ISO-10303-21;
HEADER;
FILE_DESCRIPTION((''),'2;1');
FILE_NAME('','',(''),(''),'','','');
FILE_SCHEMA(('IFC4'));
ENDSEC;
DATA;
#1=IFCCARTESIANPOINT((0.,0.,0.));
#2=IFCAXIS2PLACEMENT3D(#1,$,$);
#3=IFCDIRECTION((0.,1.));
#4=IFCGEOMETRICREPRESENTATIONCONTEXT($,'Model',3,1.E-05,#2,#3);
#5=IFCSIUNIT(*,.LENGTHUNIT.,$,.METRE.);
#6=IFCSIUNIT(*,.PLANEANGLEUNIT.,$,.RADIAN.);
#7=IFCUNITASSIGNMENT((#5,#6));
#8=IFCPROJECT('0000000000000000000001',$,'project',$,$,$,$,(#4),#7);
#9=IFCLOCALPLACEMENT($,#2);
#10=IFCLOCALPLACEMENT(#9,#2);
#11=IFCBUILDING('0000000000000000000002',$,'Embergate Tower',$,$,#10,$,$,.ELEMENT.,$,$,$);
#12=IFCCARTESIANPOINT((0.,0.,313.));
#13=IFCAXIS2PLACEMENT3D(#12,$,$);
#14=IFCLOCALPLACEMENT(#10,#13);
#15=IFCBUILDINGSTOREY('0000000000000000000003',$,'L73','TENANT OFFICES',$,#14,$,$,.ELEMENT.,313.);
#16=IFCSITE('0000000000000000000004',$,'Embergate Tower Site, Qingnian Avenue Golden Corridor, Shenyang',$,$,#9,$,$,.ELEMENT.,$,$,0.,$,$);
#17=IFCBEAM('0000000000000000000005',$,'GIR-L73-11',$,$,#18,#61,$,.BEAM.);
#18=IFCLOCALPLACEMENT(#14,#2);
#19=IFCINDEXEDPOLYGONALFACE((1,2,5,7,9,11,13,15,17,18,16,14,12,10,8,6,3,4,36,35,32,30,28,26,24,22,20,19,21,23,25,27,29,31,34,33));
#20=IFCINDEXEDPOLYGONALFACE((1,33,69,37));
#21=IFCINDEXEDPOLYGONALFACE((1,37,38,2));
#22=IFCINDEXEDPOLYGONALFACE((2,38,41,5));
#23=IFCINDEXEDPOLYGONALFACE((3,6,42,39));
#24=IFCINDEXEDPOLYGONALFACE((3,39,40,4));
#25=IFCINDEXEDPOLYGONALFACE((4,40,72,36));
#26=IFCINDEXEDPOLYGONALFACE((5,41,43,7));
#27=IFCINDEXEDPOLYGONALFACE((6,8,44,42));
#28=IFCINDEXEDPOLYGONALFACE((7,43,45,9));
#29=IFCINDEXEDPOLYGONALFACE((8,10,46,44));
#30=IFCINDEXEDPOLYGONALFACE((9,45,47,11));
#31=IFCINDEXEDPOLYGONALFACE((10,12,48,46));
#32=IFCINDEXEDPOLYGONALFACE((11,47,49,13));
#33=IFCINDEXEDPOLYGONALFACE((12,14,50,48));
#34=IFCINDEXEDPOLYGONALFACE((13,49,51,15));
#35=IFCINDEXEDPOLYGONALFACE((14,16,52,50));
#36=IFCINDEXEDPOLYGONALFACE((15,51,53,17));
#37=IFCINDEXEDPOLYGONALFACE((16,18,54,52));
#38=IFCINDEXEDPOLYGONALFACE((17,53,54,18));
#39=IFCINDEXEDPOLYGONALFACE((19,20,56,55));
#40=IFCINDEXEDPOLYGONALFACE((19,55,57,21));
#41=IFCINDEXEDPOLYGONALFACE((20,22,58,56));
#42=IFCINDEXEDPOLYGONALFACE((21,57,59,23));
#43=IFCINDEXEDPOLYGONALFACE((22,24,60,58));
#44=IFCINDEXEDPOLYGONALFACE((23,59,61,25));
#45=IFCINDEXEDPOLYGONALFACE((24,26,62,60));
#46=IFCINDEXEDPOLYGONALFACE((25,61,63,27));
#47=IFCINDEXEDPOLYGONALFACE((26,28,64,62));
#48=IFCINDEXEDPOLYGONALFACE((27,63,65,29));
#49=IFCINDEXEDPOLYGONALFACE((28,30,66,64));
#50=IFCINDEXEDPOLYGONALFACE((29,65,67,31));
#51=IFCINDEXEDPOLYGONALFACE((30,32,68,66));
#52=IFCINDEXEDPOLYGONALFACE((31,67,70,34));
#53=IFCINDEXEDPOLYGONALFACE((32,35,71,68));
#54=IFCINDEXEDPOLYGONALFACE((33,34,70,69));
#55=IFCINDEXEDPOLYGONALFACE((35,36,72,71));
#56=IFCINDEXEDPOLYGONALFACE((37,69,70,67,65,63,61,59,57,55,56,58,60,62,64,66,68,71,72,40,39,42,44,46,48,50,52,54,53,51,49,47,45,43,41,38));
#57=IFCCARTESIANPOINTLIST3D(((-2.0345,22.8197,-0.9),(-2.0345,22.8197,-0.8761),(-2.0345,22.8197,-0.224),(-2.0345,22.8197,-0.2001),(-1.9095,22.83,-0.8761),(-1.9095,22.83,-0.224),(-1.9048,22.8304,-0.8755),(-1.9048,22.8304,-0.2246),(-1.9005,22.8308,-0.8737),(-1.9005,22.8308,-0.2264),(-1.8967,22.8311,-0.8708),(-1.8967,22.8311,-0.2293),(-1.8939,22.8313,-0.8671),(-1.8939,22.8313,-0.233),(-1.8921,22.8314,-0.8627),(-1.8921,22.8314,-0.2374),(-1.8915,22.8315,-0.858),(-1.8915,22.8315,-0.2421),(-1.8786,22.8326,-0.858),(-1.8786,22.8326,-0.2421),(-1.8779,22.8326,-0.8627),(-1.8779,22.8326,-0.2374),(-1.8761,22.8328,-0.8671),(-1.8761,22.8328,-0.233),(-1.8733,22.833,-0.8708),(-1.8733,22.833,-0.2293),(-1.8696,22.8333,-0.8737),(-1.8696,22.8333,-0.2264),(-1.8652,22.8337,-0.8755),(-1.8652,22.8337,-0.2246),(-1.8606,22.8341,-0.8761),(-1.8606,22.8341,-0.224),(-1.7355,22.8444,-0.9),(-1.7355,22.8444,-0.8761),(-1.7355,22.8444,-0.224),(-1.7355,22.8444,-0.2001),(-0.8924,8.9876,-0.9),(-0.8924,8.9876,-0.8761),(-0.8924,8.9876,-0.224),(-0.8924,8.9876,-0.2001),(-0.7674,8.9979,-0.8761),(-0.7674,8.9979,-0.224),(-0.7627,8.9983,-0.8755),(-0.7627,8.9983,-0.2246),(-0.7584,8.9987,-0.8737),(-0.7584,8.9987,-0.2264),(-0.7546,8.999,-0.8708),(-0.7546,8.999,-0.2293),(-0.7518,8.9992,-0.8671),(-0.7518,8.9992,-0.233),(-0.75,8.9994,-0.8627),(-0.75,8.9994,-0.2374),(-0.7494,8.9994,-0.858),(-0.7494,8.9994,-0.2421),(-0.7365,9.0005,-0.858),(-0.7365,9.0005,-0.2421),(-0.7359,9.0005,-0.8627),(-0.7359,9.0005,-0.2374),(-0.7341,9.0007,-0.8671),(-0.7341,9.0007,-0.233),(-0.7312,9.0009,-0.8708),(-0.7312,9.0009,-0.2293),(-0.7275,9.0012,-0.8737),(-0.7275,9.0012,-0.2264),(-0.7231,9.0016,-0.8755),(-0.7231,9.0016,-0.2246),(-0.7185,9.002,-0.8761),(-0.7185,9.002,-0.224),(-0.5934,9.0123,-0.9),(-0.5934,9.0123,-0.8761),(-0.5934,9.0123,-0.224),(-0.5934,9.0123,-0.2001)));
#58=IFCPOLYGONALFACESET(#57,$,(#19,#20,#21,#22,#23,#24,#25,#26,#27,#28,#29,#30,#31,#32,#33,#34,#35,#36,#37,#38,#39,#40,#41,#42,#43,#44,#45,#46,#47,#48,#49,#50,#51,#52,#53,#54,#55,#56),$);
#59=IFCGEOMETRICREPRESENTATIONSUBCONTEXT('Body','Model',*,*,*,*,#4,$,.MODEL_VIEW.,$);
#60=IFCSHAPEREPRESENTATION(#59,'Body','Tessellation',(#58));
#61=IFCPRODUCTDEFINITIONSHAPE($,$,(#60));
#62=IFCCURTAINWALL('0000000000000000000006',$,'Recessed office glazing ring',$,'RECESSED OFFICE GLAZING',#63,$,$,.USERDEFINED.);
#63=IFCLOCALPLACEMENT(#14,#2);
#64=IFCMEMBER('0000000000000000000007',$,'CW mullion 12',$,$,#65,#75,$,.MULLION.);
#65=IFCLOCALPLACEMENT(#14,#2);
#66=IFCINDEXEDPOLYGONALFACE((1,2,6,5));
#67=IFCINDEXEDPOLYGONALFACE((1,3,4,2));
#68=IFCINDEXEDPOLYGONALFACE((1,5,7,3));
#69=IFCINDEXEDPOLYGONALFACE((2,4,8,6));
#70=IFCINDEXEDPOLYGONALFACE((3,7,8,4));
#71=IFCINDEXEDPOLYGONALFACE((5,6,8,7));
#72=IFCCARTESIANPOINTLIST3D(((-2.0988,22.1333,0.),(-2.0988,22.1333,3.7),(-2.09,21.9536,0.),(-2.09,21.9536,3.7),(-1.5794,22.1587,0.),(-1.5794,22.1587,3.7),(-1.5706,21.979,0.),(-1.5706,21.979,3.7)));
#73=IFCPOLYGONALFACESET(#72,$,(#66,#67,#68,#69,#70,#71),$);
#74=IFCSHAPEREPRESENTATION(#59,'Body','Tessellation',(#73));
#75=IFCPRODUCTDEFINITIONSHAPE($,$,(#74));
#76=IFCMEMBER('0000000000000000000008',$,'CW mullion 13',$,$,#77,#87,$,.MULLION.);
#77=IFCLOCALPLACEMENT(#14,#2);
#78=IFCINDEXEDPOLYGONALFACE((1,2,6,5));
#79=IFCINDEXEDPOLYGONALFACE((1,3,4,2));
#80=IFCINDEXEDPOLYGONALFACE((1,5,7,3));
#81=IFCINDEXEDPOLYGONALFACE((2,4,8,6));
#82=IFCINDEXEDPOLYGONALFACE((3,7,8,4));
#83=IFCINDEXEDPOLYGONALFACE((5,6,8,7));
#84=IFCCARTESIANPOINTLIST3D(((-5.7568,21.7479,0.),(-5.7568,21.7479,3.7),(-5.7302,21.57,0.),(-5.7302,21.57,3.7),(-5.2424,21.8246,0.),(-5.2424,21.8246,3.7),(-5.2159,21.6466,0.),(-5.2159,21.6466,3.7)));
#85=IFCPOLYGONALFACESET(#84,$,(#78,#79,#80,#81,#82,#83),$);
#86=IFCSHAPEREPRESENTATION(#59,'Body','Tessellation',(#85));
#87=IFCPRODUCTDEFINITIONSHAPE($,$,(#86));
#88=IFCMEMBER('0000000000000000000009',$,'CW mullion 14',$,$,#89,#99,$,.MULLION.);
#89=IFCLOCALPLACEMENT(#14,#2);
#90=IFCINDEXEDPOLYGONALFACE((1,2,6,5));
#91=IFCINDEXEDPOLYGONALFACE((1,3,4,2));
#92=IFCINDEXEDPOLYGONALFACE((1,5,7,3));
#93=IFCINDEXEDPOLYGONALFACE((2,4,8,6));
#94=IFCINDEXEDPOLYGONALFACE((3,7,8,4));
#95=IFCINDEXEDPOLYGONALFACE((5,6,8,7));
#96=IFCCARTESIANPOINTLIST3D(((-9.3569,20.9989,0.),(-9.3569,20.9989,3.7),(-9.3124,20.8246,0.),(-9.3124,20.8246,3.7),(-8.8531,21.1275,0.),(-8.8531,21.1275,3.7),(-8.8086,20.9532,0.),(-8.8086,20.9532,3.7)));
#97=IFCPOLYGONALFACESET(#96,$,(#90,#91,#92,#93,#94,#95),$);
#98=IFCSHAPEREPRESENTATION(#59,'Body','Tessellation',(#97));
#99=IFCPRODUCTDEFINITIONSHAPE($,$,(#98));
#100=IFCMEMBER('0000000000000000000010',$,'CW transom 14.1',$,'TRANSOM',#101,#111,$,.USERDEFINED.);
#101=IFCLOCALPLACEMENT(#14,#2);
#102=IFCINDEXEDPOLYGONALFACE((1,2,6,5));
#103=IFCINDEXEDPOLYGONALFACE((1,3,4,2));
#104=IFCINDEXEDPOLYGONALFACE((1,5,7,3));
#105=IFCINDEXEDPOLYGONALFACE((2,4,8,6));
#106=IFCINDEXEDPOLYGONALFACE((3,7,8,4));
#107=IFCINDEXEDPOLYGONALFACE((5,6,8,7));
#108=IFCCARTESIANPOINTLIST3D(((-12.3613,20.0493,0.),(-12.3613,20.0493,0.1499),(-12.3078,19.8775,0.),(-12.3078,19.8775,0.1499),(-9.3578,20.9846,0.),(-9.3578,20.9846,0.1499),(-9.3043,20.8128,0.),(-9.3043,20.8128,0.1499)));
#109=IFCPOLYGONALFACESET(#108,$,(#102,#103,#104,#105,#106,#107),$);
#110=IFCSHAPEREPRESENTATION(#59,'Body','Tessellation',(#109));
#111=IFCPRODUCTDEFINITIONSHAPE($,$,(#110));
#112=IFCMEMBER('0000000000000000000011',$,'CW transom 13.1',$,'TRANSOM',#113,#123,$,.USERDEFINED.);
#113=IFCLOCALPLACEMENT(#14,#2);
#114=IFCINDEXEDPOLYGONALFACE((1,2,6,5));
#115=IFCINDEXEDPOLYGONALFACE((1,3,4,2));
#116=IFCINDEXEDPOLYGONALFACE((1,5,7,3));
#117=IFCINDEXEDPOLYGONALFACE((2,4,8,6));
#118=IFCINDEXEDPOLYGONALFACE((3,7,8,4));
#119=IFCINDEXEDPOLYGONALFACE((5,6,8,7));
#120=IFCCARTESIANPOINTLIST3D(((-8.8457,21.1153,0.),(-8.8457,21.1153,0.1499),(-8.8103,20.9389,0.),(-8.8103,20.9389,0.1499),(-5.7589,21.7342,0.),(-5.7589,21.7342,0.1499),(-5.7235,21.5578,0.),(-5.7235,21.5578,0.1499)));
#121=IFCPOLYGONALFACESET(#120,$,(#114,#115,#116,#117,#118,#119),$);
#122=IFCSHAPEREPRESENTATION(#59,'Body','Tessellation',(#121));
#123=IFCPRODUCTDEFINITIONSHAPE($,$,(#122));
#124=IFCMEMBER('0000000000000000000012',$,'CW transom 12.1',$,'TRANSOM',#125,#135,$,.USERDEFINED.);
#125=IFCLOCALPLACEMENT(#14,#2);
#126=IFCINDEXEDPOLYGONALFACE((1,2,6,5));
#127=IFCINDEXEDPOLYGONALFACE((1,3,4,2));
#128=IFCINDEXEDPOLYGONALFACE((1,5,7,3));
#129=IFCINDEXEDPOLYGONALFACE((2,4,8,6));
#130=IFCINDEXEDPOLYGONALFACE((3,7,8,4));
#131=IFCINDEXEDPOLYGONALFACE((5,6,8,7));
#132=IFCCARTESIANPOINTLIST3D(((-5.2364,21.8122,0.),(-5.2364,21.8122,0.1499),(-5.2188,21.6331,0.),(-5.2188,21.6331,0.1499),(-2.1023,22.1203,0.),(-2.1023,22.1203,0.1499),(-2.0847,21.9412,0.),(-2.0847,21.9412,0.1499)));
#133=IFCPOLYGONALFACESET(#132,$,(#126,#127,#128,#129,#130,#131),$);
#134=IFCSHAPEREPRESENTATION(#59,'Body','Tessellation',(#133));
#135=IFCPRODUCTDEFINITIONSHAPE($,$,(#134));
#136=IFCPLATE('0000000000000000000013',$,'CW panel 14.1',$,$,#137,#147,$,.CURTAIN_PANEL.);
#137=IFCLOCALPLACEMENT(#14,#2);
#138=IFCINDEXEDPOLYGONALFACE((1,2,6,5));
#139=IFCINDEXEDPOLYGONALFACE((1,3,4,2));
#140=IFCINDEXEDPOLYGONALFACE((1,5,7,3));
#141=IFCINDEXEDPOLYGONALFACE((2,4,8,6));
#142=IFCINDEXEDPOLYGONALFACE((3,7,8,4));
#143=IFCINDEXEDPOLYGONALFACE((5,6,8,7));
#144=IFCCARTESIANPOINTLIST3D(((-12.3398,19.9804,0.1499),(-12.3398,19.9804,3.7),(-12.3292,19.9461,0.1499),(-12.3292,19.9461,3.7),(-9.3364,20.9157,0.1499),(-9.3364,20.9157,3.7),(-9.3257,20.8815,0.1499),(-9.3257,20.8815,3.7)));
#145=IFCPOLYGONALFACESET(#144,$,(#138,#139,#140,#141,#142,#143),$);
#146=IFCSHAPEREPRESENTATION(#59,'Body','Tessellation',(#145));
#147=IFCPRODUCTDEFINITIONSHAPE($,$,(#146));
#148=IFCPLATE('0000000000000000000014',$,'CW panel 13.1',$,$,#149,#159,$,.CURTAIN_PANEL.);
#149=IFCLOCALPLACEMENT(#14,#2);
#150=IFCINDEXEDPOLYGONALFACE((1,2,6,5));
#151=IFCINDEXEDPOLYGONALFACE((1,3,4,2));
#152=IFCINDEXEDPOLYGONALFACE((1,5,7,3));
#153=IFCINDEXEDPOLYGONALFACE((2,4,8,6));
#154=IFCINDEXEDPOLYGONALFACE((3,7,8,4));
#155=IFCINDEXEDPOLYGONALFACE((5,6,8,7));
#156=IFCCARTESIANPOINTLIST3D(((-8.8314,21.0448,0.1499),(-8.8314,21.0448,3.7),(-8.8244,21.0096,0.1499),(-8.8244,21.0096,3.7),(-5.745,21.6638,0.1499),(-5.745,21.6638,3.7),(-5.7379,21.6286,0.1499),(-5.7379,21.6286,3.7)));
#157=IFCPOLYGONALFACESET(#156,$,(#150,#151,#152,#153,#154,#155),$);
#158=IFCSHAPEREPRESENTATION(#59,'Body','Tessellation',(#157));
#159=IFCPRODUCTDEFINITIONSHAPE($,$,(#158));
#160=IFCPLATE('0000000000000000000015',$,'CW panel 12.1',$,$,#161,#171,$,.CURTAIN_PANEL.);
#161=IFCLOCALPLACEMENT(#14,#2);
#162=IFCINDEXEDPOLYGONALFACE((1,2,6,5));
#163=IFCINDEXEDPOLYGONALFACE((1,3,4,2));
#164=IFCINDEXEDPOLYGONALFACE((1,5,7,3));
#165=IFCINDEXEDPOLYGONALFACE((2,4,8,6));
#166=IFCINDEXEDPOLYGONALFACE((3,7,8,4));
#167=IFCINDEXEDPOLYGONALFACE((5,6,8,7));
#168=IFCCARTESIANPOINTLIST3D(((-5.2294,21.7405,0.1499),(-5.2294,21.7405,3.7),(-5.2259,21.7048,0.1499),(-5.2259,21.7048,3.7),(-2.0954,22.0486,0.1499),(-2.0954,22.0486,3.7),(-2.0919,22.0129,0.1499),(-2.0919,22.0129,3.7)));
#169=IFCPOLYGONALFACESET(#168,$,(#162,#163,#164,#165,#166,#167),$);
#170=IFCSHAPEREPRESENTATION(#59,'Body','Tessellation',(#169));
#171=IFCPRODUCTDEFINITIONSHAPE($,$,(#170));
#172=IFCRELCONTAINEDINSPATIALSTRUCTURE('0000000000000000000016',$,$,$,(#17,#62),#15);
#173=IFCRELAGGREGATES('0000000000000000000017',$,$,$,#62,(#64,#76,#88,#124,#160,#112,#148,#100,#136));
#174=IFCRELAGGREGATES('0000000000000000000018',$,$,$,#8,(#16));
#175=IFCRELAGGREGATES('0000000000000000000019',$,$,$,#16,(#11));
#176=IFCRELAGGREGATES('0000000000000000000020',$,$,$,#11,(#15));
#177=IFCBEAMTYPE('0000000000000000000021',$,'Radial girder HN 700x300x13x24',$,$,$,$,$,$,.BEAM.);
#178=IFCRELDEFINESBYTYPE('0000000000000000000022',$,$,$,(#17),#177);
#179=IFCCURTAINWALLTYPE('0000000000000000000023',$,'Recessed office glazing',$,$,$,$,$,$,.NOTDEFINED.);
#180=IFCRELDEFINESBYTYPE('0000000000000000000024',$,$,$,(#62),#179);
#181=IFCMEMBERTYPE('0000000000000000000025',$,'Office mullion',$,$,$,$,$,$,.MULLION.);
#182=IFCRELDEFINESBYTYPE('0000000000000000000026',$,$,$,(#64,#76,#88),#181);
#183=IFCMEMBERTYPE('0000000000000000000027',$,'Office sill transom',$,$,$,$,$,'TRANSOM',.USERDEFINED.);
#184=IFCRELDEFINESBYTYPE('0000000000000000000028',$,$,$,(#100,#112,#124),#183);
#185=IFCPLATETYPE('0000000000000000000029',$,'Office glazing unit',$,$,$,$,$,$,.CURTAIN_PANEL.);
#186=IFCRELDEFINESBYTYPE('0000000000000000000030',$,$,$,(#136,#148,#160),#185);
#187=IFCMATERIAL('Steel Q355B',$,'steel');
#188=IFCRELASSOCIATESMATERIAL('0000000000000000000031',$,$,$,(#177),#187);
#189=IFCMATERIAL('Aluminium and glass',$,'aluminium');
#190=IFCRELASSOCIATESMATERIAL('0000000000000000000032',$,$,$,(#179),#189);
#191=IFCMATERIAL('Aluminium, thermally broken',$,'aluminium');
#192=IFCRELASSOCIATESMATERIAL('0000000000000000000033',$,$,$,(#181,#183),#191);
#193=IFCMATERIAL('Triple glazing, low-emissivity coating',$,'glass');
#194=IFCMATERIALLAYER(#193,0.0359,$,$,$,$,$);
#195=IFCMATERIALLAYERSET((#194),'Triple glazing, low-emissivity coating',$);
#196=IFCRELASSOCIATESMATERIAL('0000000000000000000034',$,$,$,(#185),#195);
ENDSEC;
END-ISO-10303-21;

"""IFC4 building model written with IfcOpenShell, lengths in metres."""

from ifc_helpers import new_model, si_unit, direction, frame, origin, origin_2d, place, context, subcontext, project, spatial, rectangle, i_section, extrude, source, transform, mapped, material, layer, layer_set, material_profile, profile_set, type_object, element, aggregate, save


model = new_model("IFC4")

# Units and contexts
model_context = context("Model", 3, precision=1e-05, world=origin(), true_north=direction((0.0, 1.0)))
body_context = subcontext(model_context, "Body", "Model", "MODEL_VIEW")
ifc_project = project(units=[si_unit("LENGTHUNIT", "METRE"), si_unit("PLANEANGLEUNIT", "RADIAN")], contexts=[model_context])

# Site, building, storey
site_placement = place(None, origin())
site = spatial("IfcSite", under=ifc_project, at=site_placement, Name="Embergate Tower Site, Qingnian Avenue Golden Corridor, Shenyang", CompositionType="ELEMENT", RefElevation=0.0)
building_placement = place(site_placement, origin())
building = spatial("IfcBuilding", under=site, at=building_placement, Name="Embergate Tower", CompositionType="ELEMENT")
storey_placement = place(building_placement, frame((0.0, 0.0, 313.0)))
storey = spatial("IfcBuildingStorey", under=building, at=storey_placement, Name="L73", Description="TENANT OFFICES", CompositionType="ELEMENT", Elevation=313.0)

# Beam
ifc_material_1 = material(Name="Steel Q355B", Category="steel")
ifc_material_profile_1 = material_profile(ifc_material_1, i_section(OverallWidth=0.3, OverallDepth=0.7, WebThickness=0.0129, FlangeThickness=0.0239, FilletRadius=0.0181, at=origin_2d()), Name="HN 700x300x13x24")
ifc_profile_set_1 = profile_set([ifc_material_profile_1], Name="Steel Q355 grade B")
beam_type_1 = type_object("IfcBeamType", Name="Radial girder HN 700x300x13x24", PredefinedType="BEAM", material=ifc_profile_set_1)
shared_shape_1 = source(origin(), body_context, "Body", "SweptSolid", [
    extrude(i_section(OverallWidth=0.3, OverallDepth=0.7, WebThickness=0.0129, FlangeThickness=0.0239, FilletRadius=0.0181, at=origin_2d()), origin(), (0.0, 0.0, 1.0), 13.8792),
])
beam_1_placement = place(storey_placement, frame((-1.885, 22.832, -0.55), z_axis=(0.082288, -0.996609, 0.0), x_axis=(0.996609, 0.082288, 0.0)))
element("IfcBeam", 1, at=beam_1_placement, inside=storey, type_object=beam_type_1, Name="GIR-L73-11", PredefinedType="BEAM", context=body_context, shape_type="MappedRepresentation", body=[
    mapped(shared_shape_1, transform((0.0, 0.0, 0.0))),
])

# Curtain wall, members, plates
ifc_material_2 = material(Name="Aluminium and glass", Category="aluminium")
curtain_wall_type = type_object("IfcCurtainWallType", Name="Recessed office glazing", PredefinedType="NOTDEFINED", material=ifc_material_2)
curtain_wall_placement = place(storey_placement, origin())
curtain_wall = element("IfcCurtainWall", 2, at=curtain_wall_placement, inside=storey, type_object=curtain_wall_type, Name="Recessed office glazing ring", ObjectType="RECESSED OFFICE GLAZING", PredefinedType="USERDEFINED")
ifc_material_3 = material(Name="Aluminium, thermally broken", Category="aluminium")
ifc_material_profile_2 = material_profile(ifc_material_3, rectangle(XDim=0.1799, YDim=0.52, at=origin_2d()), Name="AL 520x180")
ifc_profile_set_2 = profile_set([ifc_material_profile_2], Name="Aluminium, thermally broken")
member_type_1 = type_object("IfcMemberType", Name="Office mullion", PredefinedType="MULLION", material=ifc_profile_set_2)
shared_shape_2 = source(origin(), body_context, "Body", "SweptSolid", [
    extrude(rectangle(XDim=0.1799, YDim=0.52, at=origin_2d()), origin(), (0.0, 0.0, 1.0), 3.7),
])
member_1_placement = place(storey_placement, frame((-1.8347, 22.0562, 0.0), z_axis=(0.0, 0.0, 1.0), x_axis=(0.048972, -0.9988, 0.0)))
member_1 = element("IfcMember", 3, at=member_1_placement, type_object=member_type_1, Name="CW mullion 12", PredefinedType="MULLION", context=body_context, shape_type="MappedRepresentation", body=[
    mapped(shared_shape_2, transform((0.0, 0.0, 0.0))),
])
member_2_placement = place(storey_placement, frame((-5.4863, 21.6973, 0.0), z_axis=(0.0, 0.0, 1.0), x_axis=(0.147411, -0.989075, 0.0)))
member_2 = element("IfcMember", 4, at=member_2_placement, type_object=member_type_1, Name="CW mullion 13", PredefinedType="MULLION", context=body_context, shape_type="MappedRepresentation", body=[
    mapped(shared_shape_2, transform((0.0, 0.0, 0.0))),
])
member_3_placement = place(storey_placement, frame((-9.0828, 20.9761, 0.0), z_axis=(0.0, 0.0, 1.0), x_axis=(0.24731, -0.968936, 0.0)))
member_3 = element("IfcMember", 5, at=member_3_placement, type_object=member_type_1, Name="CW mullion 14", PredefinedType="MULLION", context=body_context, shape_type="MappedRepresentation", body=[
    mapped(shared_shape_2, transform((0.0, 0.0, 0.0))),
])
ifc_material_profile_3 = material_profile(ifc_material_3, rectangle(XDim=0.1799, YDim=0.1499, at=origin_2d()), Name="AL 150x180")
ifc_profile_set_3 = profile_set([ifc_material_profile_3], Name="Aluminium, thermally broken")
member_type_2 = type_object("IfcMemberType", Name="Office sill transom", ElementType="TRANSOM", PredefinedType="USERDEFINED", material=ifc_profile_set_3)
shared_shape_3 = source(origin(), body_context, "Body", "SweptSolid", [
    extrude(rectangle(XDim=0.1799, YDim=0.1499, at=origin_2d()), origin(), (0.0, 0.0, 1.0), 3.1458),
])
member_4_placement = place(storey_placement, frame((-9.3311, 20.8987, 0.075), z_axis=(-0.954775, -0.297329, 0.0), x_axis=(0.297329, -0.954775, 0.0)))
member_4 = element("IfcMember", 6, at=member_4_placement, type_object=member_type_2, Name="CW transom 14.1", ObjectType="TRANSOM", PredefinedType="USERDEFINED", context=body_context, shape_type="MappedRepresentation", body=[
    mapped(shared_shape_3, transform((0.0, 0.0, 0.0))),
])
shared_shape_4 = source(origin(), body_context, "Body", "SweptSolid", [
    extrude(rectangle(XDim=0.1799, YDim=0.1499, at=origin_2d()), origin(), (0.0, 0.0, 1.0), 3.1482),
])
member_5_placement = place(storey_placement, frame((-5.7412, 21.646, 0.075), z_axis=(-0.980485, -0.196593, 0.0), x_axis=(0.196593, -0.980485, 0.0)))
member_5 = element("IfcMember", 7, at=member_5_placement, type_object=member_type_2, Name="CW transom 13.1", ObjectType="TRANSOM", PredefinedType="USERDEFINED", context=body_context, shape_type="MappedRepresentation", body=[
    mapped(shared_shape_4, transform((0.0, 0.0, 0.0))),
])
shared_shape_5 = source(origin(), body_context, "Body", "SweptSolid", [
    extrude(rectangle(XDim=0.1799, YDim=0.1499, at=origin_2d()), origin(), (0.0, 0.0, 1.0), 3.1492),
])
member_6_placement = place(storey_placement, frame((-2.0935, 22.0308, 0.075), z_axis=(-0.995202, -0.097838, 0.0), x_axis=(0.097838, -0.995202, 0.0)))
member_6 = element("IfcMember", 8, at=member_6_placement, type_object=member_type_2, Name="CW transom 12.1", ObjectType="TRANSOM", PredefinedType="USERDEFINED", context=body_context, shape_type="MappedRepresentation", body=[
    mapped(shared_shape_5, transform((0.0, 0.0, 0.0))),
])
ifc_material_4 = material(Name="Triple glazing, low-emissivity coating", Category="glass")
ifc_layer_1 = layer(ifc_material_4, 0.0359)
ifc_layer_set_1 = layer_set([ifc_layer_1], Name="Triple glazing, low-emissivity coating")
plate_type = type_object("IfcPlateType", Name="Office glazing unit", PredefinedType="CURTAIN_PANEL", material=ifc_layer_set_1)
shared_shape_6 = source(origin(), body_context, "Body", "SweptSolid", [
    extrude(rectangle(XDim=3.1458, YDim=0.0359, at=origin_2d()), origin(), (0.0, 0.0, 1.0), 3.55),
])
plate_1_placement = place(storey_placement, frame((-10.8328, 20.4309, 0.1499), z_axis=(0.0, 0.0, 1.0), x_axis=(-0.954771, -0.297342, 0.0)))
plate_1 = element("IfcPlate", 9, at=plate_1_placement, type_object=plate_type, Name="CW panel 14.1", PredefinedType="CURTAIN_PANEL", context=body_context, shape_type="MappedRepresentation", body=[
    mapped(shared_shape_6, transform((0.0, 0.0, 0.0))),
])
shared_shape_7 = source(origin(), body_context, "Body", "SweptSolid", [
    extrude(rectangle(XDim=3.1479, YDim=0.0359, at=origin_2d()), origin(), (0.0, 0.0, 1.0), 3.55),
])
plate_2_placement = place(storey_placement, frame((-7.2847, 21.3367, 0.1499), z_axis=(0.0, 0.0, 1.0), x_axis=(-0.980476, -0.196641, 0.0)))
plate_2 = element("IfcPlate", 10, at=plate_2_placement, type_object=plate_type, Name="CW panel 13.1", PredefinedType="CURTAIN_PANEL", context=body_context, shape_type="MappedRepresentation", body=[
    mapped(shared_shape_7, transform((0.0, 0.0, 0.0))),
])
shared_shape_8 = source(origin(), body_context, "Body", "SweptSolid", [
    extrude(rectangle(XDim=3.1492, YDim=0.0359, at=origin_2d()), origin(), (0.0, 0.0, 1.0), 3.55),
])
plate_3_placement = place(storey_placement, frame((-3.6606, 21.8767, 0.1499), z_axis=(0.0, 0.0, 1.0), x_axis=(-0.995203, -0.09783, 0.0)))
plate_3 = element("IfcPlate", 11, at=plate_3_placement, type_object=plate_type, Name="CW panel 12.1", PredefinedType="CURTAIN_PANEL", context=body_context, shape_type="MappedRepresentation", body=[
    mapped(shared_shape_8, transform((0.0, 0.0, 0.0))),
])
aggregate(curtain_wall, [member_1, member_2, member_3, member_6, plate_3, member_5, plate_2, member_4, plate_1])

save(model, "model.ifc")
